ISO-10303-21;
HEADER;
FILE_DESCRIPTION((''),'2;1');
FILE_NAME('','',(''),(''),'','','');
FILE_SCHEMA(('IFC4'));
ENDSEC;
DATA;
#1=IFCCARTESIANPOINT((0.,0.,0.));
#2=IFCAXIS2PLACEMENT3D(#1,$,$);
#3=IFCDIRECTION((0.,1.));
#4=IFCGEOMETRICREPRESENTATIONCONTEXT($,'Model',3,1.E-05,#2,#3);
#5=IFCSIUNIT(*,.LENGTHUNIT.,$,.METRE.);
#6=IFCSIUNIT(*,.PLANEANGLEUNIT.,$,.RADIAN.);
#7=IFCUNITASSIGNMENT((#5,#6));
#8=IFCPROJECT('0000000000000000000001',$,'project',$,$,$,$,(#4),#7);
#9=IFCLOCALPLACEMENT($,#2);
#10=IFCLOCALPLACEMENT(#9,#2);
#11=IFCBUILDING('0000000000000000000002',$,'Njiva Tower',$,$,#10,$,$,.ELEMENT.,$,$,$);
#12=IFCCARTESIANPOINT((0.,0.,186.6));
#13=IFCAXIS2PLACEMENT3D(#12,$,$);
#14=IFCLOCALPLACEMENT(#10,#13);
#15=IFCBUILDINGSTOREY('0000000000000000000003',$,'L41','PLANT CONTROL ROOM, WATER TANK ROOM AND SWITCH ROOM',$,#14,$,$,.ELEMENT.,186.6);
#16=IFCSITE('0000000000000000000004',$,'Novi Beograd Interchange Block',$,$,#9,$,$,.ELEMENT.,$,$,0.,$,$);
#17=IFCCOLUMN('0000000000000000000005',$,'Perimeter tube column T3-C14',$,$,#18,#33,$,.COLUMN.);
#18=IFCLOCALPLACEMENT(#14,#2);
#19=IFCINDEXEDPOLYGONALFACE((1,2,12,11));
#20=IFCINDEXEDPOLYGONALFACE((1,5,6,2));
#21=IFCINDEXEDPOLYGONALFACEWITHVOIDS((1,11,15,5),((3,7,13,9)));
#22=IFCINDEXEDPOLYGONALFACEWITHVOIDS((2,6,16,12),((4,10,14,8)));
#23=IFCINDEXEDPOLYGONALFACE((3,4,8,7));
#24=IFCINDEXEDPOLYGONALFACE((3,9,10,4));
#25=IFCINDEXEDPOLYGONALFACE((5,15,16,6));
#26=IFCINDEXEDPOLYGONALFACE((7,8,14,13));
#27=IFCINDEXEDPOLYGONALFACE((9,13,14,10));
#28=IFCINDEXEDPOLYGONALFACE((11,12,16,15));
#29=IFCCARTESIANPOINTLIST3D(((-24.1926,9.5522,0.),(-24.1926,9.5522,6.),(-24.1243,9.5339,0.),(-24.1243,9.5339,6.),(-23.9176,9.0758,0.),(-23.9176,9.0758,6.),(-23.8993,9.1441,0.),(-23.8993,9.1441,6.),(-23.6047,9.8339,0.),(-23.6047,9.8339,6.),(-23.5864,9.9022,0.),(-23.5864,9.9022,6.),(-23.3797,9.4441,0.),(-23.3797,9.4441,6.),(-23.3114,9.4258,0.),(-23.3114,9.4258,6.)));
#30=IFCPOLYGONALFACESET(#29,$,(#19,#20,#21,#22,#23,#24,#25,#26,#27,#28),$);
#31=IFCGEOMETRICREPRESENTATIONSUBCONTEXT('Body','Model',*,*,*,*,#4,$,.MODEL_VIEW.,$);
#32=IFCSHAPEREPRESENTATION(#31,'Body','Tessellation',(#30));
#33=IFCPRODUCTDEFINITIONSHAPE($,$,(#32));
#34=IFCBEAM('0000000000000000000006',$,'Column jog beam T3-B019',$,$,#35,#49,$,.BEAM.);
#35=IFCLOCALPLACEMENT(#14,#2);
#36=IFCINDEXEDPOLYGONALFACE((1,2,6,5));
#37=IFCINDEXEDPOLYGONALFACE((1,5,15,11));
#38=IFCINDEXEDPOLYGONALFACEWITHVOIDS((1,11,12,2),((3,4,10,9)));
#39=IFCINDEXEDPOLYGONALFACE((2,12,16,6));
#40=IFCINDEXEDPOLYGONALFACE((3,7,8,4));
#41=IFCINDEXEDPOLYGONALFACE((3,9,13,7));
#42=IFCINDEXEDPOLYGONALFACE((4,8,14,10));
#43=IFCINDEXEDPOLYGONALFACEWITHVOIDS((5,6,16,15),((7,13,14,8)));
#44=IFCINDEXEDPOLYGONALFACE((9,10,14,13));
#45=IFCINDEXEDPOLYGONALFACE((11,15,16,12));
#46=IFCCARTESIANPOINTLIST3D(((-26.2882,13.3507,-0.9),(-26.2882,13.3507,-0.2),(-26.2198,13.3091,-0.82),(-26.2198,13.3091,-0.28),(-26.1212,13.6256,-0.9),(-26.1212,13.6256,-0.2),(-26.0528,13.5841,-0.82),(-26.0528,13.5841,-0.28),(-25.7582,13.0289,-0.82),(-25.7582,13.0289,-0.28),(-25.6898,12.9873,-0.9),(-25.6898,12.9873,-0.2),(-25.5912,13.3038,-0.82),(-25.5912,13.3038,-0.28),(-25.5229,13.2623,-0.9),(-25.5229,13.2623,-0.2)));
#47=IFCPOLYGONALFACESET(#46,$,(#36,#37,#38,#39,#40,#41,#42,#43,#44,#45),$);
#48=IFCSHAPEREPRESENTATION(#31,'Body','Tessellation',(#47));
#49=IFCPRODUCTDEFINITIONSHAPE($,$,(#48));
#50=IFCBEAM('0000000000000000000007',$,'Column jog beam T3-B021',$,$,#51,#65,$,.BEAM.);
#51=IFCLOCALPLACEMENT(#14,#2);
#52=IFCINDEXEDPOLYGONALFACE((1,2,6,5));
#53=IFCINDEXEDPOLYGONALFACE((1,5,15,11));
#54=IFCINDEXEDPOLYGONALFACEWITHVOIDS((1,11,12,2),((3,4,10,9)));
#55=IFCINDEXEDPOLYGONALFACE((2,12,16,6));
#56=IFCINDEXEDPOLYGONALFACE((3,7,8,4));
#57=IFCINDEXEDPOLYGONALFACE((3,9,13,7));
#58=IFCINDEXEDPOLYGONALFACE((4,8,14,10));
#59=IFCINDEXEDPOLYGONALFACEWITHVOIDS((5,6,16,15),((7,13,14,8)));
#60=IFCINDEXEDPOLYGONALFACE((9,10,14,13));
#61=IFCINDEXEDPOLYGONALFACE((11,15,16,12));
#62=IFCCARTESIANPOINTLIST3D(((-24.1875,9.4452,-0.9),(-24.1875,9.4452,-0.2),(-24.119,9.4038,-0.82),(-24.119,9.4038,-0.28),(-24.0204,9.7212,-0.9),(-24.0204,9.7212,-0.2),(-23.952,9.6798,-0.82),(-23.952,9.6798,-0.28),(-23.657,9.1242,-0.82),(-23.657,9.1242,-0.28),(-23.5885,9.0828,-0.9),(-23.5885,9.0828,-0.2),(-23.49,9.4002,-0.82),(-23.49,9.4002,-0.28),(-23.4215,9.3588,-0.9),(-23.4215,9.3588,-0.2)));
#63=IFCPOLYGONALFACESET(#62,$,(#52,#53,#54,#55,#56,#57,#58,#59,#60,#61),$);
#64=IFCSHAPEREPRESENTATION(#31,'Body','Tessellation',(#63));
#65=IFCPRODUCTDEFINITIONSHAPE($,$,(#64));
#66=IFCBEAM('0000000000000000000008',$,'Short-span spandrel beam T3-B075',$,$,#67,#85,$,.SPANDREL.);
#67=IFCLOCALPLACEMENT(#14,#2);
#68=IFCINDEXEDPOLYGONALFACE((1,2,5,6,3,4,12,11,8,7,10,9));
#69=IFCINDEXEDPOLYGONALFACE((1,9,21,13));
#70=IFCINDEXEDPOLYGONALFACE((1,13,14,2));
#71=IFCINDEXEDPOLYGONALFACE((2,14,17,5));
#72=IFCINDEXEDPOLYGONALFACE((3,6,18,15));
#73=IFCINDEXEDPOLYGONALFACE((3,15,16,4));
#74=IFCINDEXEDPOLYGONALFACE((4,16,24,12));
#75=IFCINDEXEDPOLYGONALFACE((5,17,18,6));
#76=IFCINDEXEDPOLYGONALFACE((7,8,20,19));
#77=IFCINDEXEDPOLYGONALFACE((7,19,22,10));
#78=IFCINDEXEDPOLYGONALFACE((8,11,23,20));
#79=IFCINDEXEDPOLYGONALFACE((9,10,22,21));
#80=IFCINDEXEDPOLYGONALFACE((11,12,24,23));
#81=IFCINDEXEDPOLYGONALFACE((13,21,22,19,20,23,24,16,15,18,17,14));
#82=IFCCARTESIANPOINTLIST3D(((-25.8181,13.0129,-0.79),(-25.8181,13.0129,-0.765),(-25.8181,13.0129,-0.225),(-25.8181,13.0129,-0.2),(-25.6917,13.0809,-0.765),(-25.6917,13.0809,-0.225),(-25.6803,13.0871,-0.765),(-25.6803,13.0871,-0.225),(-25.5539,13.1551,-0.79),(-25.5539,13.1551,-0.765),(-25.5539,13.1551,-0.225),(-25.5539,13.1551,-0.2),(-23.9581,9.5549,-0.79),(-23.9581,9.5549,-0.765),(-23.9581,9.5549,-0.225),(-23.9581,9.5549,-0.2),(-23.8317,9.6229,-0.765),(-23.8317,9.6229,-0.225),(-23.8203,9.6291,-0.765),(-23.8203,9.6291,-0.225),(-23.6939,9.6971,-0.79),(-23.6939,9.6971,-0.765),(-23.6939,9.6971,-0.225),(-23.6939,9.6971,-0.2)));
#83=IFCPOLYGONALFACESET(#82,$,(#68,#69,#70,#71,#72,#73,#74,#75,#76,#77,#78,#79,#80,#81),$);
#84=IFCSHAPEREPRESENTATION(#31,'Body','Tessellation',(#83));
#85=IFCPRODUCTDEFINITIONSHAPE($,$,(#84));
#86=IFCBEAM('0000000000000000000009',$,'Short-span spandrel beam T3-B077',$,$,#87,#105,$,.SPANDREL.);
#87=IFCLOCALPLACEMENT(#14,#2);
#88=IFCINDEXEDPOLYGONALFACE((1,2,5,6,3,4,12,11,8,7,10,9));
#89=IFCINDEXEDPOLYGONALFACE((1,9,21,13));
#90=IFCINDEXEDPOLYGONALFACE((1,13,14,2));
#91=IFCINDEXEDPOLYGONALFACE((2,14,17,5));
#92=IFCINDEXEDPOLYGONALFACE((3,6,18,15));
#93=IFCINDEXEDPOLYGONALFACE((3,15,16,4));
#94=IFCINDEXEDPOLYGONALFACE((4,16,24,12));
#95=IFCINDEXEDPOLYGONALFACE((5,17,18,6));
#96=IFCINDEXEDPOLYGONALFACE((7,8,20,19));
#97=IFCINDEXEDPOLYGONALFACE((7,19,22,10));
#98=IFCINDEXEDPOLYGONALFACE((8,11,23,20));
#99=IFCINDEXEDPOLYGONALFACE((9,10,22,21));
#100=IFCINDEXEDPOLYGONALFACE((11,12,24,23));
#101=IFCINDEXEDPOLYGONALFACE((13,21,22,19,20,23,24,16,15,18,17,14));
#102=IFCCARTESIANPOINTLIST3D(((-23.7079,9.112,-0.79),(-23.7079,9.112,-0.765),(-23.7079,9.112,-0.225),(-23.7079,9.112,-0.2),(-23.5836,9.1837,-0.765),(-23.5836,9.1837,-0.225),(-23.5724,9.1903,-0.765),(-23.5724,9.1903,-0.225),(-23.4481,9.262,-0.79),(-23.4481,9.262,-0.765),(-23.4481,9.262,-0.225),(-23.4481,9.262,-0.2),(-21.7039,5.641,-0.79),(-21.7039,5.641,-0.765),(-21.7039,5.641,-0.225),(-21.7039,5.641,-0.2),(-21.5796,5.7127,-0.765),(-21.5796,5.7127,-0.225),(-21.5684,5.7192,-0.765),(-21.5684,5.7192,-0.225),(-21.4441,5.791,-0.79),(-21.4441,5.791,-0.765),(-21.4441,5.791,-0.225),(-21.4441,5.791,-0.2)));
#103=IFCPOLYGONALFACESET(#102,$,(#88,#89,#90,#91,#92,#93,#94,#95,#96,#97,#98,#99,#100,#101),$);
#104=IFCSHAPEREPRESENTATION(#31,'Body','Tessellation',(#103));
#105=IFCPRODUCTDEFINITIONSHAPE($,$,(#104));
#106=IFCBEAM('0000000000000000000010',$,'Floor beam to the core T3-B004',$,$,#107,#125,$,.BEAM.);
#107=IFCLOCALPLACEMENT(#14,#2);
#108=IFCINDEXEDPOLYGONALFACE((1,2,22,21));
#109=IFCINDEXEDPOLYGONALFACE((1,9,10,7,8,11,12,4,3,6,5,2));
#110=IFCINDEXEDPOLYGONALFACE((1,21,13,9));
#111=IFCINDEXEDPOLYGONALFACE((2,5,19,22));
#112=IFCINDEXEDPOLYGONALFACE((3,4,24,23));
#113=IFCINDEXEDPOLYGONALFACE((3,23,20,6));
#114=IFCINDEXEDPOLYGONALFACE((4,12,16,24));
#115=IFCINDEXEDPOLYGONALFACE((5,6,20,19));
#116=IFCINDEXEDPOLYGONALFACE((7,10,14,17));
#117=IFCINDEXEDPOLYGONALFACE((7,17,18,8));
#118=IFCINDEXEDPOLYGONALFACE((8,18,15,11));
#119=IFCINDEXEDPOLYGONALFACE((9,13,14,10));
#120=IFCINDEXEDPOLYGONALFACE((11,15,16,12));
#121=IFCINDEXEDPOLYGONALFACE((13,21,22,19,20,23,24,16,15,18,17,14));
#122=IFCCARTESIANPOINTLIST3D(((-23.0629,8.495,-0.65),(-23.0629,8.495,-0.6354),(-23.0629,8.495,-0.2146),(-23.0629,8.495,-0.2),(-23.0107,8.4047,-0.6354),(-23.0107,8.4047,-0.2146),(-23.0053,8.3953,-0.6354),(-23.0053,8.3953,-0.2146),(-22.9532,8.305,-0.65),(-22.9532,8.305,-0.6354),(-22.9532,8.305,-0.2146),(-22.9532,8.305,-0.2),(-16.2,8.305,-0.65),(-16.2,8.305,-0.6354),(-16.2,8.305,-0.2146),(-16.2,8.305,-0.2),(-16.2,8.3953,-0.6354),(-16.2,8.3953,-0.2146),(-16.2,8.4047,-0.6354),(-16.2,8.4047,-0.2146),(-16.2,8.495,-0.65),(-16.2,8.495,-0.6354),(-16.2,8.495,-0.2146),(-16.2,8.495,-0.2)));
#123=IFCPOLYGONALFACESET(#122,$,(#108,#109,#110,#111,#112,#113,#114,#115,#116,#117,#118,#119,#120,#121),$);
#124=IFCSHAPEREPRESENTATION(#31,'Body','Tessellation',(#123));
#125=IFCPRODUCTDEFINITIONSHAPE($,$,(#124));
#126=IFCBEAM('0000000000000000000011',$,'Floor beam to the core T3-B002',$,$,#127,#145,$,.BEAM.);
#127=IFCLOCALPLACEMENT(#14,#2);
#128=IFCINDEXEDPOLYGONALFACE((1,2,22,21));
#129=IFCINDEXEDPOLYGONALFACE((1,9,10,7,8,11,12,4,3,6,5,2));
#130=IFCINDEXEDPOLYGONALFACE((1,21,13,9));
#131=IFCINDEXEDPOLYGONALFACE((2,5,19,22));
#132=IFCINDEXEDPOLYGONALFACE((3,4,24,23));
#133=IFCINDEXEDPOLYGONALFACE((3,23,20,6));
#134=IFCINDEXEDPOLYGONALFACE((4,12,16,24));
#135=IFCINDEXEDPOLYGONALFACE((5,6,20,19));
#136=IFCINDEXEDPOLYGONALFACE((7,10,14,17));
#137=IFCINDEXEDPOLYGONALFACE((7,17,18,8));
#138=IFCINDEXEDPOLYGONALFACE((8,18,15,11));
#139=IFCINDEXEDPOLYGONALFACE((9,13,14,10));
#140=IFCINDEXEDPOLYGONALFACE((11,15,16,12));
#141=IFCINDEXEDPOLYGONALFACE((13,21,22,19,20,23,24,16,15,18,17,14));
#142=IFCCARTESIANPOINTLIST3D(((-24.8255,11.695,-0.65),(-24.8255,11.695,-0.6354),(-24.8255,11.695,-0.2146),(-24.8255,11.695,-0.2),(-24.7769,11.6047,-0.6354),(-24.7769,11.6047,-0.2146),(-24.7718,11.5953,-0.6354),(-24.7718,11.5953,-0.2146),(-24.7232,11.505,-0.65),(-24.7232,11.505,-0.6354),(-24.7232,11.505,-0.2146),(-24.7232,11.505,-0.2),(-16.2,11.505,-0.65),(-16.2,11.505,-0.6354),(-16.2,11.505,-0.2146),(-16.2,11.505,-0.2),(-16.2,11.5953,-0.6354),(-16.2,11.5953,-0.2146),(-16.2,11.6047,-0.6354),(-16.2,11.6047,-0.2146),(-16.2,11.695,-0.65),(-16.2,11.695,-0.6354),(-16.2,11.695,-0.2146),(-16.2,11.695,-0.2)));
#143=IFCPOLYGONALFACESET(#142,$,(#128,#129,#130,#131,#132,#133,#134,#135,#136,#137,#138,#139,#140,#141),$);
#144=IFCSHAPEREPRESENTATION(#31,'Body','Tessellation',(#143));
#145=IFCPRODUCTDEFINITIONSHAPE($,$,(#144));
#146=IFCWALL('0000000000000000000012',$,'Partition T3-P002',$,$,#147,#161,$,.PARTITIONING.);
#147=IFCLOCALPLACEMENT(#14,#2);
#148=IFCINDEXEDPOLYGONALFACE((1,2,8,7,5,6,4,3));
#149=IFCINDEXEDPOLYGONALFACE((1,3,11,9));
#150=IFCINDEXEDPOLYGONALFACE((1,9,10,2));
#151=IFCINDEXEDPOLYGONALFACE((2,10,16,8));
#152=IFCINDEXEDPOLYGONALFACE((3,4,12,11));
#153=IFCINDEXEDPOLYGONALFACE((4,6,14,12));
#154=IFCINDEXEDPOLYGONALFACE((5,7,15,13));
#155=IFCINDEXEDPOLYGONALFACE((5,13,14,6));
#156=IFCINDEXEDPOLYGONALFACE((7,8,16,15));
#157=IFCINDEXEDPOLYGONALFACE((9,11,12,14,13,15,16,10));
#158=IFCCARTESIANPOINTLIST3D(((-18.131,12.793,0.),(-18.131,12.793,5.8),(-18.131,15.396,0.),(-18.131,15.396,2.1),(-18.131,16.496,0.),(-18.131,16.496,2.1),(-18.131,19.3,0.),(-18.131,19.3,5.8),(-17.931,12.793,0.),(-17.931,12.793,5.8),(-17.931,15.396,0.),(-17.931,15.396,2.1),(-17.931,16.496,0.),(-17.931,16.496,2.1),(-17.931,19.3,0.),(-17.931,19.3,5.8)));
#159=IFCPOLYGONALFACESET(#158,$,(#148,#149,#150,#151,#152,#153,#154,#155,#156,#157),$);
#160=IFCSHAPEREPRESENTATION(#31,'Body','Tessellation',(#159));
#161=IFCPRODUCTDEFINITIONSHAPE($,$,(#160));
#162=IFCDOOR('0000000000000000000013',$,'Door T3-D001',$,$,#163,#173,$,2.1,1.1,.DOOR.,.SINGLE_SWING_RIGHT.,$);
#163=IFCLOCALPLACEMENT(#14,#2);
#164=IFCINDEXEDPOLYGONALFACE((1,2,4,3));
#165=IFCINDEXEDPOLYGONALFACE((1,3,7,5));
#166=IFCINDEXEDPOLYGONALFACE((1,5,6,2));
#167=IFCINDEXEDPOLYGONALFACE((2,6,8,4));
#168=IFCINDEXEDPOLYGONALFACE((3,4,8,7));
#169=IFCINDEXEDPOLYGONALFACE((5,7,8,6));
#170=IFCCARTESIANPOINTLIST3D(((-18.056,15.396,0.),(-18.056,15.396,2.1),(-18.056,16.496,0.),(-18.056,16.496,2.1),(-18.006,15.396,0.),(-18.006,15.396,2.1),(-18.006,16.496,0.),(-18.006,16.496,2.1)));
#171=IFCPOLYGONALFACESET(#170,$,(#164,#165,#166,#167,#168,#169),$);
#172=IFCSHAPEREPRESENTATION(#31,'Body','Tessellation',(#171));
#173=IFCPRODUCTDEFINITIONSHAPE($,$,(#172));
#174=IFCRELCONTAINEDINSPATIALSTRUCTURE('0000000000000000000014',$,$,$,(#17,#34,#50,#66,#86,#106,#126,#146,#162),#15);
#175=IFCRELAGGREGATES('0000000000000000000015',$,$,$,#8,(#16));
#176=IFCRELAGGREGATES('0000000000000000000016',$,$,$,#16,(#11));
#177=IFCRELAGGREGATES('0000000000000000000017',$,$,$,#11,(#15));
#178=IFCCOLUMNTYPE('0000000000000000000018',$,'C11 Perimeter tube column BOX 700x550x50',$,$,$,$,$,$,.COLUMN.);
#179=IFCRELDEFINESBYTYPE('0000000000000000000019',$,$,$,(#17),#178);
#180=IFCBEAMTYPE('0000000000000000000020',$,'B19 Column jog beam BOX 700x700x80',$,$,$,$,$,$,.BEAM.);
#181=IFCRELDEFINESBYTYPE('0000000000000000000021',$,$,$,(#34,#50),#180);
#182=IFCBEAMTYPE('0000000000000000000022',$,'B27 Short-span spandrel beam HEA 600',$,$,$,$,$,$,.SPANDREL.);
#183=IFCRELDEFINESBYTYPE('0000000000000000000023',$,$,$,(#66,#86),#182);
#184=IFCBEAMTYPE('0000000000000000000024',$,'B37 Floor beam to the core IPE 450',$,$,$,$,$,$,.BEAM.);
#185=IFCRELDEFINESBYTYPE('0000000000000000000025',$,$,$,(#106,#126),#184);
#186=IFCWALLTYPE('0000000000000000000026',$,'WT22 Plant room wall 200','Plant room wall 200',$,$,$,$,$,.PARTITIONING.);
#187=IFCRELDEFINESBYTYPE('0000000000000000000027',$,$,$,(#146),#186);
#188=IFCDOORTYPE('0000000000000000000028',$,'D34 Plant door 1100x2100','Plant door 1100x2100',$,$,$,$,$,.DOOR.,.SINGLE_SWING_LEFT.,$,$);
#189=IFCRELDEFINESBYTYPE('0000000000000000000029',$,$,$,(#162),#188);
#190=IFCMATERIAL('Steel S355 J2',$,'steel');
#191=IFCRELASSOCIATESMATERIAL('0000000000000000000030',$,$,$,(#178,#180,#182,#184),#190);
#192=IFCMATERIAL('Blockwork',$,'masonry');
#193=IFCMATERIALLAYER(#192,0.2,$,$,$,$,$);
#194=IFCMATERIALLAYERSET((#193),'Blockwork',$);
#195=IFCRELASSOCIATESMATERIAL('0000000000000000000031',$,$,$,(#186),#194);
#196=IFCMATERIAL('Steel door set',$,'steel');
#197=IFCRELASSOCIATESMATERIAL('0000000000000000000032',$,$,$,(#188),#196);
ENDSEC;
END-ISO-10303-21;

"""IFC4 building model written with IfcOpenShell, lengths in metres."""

from ifc_helpers import new_model, si_unit, direction, frame, frame_2d, origin, origin_2d, place, context, subcontext, project, spatial, rectangle, hollow_rectangle, i_section, extrude, clip, halfspace, material, layer, layer_set, material_profile, profile_set, type_object, element, fill, save


model = new_model("IFC4")

# Units and contexts
model_context = context("Model", 3, precision=1e-05, world=origin(), true_north=direction((0.0, 1.0)))
body_context = subcontext(model_context, "Body", "Model", "MODEL_VIEW")
ifc_project = project(units=[si_unit("LENGTHUNIT", "METRE"), si_unit("PLANEANGLEUNIT", "RADIAN")], contexts=[model_context])

# Site, building, storey
site_placement = place(None, origin())
site = spatial("IfcSite", under=ifc_project, at=site_placement, Name="Novi Beograd Interchange Block", CompositionType="ELEMENT", RefElevation=0.0)
building_placement = place(site_placement, origin())
building = spatial("IfcBuilding", under=site, at=building_placement, Name="Njiva Tower", CompositionType="ELEMENT")
storey_placement = place(building_placement, frame((0.0, 0.0, 186.6)))
storey = spatial("IfcBuildingStorey", under=building, at=storey_placement, Name="L41", Description="PLANT CONTROL ROOM, WATER TANK ROOM AND SWITCH ROOM", CompositionType="ELEMENT", Elevation=186.6)

# Column
ifc_material_1 = material(Name="Steel S355 J2", Category="steel")
ifc_material_profile_1 = material_profile(ifc_material_1, hollow_rectangle(XDim=0.55, YDim=0.7, WallThickness=0.05, at=origin_2d()), Name="BOX 700x550x50")
ifc_profile_set_1 = profile_set([ifc_material_profile_1], Name="Steel S355 J2")
column_type = type_object("IfcColumnType", Name="C11 Perimeter tube column BOX 700x550x50", PredefinedType="COLUMN", material=ifc_profile_set_1)
column_placement = place(storey_placement, frame((-23.752, 9.489, 0.0), z_axis=(0.0, 0.0, 1.0), x_axis=(0.5, -0.866025, 0.0)))
element("IfcColumn", 1, at=column_placement, inside=storey, type_object=column_type, Name="Perimeter tube column T3-C14", PredefinedType="COLUMN", context=body_context, shape_type="SweptSolid", body=[
    extrude(hollow_rectangle(XDim=0.55, YDim=0.7, WallThickness=0.05, at=origin_2d()), origin(), (0.0, 0.0, 1.0), 6.0),
])

# Beams
ifc_material_profile_2 = material_profile(ifc_material_1, hollow_rectangle(XDim=0.7, YDim=0.7, WallThickness=0.08, at=origin_2d()), Name="BOX 700x700x80")
ifc_profile_set_2 = profile_set([ifc_material_profile_2], Name="Steel S355 J2")
beam_type_1 = type_object("IfcBeamType", Name="B19 Column jog beam BOX 700x700x80", PredefinedType="BEAM", material=ifc_profile_set_2)
beam_1_placement = place(storey_placement, frame((-25.989, 13.169, -0.55), z_axis=(0.519059, 0.854738, 0.0), x_axis=(-0.854738, 0.519059, 0.0)))
element("IfcBeam", 2, at=beam_1_placement, inside=storey, type_object=beam_type_1, Name="Column jog beam T3-B019", PredefinedType="BEAM", context=body_context, shape_type="SweptSolid", body=[
    extrude(hollow_rectangle(XDim=0.7, YDim=0.7, WallThickness=0.08, at=origin_2d()), origin(), (0.0, 0.0, 1.0), 0.3217),
])
beam_2_placement = place(storey_placement, frame((-23.888, 9.264, -0.55), z_axis=(0.517683, 0.855572, 0.0), x_axis=(-0.855572, 0.517683, 0.0)))
element("IfcBeam", 3, at=beam_2_placement, inside=storey, type_object=beam_type_1, Name="Column jog beam T3-B021", PredefinedType="BEAM", context=body_context, shape_type="SweptSolid", body=[
    extrude(hollow_rectangle(XDim=0.7, YDim=0.7, WallThickness=0.08, at=origin_2d()), origin(), (0.0, 0.0, 1.0), 0.3226),
])
ifc_material_profile_3 = material_profile(ifc_material_1, i_section(OverallWidth=0.3, OverallDepth=0.59, WebThickness=0.013, FlangeThickness=0.025, at=origin_2d()), Name="HEA 600")
ifc_profile_set_3 = profile_set([ifc_material_profile_3], Name="Steel S355 J2")
beam_type_2 = type_object("IfcBeamType", Name="B27 Short-span spandrel beam HEA 600", PredefinedType="SPANDREL", material=ifc_profile_set_3)
beam_3_placement = place(storey_placement, frame((-25.686, 13.084, -0.495), z_axis=(0.473705, -0.880684, 0.0), x_axis=(0.880684, 0.473705, 0.0)))
element("IfcBeam", 4, at=beam_3_placement, inside=storey, type_object=beam_type_2, Name="Short-span spandrel beam T3-B075", PredefinedType="SPANDREL", context=body_context, shape_type="SweptSolid", body=[
    extrude(i_section(OverallWidth=0.3, OverallDepth=0.59, WebThickness=0.013, FlangeThickness=0.025, at=origin_2d()), origin(), (0.0, 0.0, 1.0), 3.9265),
])
beam_4_placement = place(storey_placement, frame((-23.578, 9.187, -0.495), z_axis=(0.500003, -0.866024, 0.0), x_axis=(0.866024, 0.500003, 0.0)))
element("IfcBeam", 5, at=beam_4_placement, inside=storey, type_object=beam_type_2, Name="Short-span spandrel beam T3-B077", PredefinedType="SPANDREL", context=body_context, shape_type="SweptSolid", body=[
    extrude(i_section(OverallWidth=0.3, OverallDepth=0.59, WebThickness=0.013, FlangeThickness=0.025, at=origin_2d()), origin(), (0.0, 0.0, 1.0), 4.008),
])
ifc_material_profile_4 = material_profile(ifc_material_1, i_section(OverallWidth=0.19, OverallDepth=0.45, WebThickness=0.0094, FlangeThickness=0.0146, at=origin_2d()), Name="IPE 450")
ifc_profile_set_4 = profile_set([ifc_material_profile_4], Name="Steel S355 J2")
beam_type_3 = type_object("IfcBeamType", Name="B37 Floor beam to the core IPE 450", PredefinedType="BEAM", material=ifc_profile_set_4)
beam_5_placement = place(storey_placement, frame((-23.083, 8.4, -0.425), z_axis=(1.0, 0.0, 0.0), x_axis=(0.0, 1.0, 0.0)))
element("IfcBeam", 6, at=beam_5_placement, inside=storey, type_object=beam_type_3, Name="Floor beam to the core T3-B004", PredefinedType="BEAM", context=body_context, shape_type="Clipping", body=[
    clip(extrude(i_section(OverallWidth=0.19, OverallDepth=0.45, WebThickness=0.0094, FlangeThickness=0.0146, at=origin_2d()), origin(), (0.0, 0.0, 1.0), 6.883), halfspace(frame((-0.025, 0.0, 0.0894), z_axis=(-0.499998, 0.0, -0.866027), x_axis=(0.0, -1.0, 0.0)), False)),
])
beam_6_placement = place(storey_placement, frame((-24.845, 11.6, -0.425), z_axis=(1.0, 0.0, 0.0), x_axis=(0.0, 1.0, 0.0)))
element("IfcBeam", 7, at=beam_6_placement, inside=storey, type_object=beam_type_3, Name="Floor beam to the core T3-B002", PredefinedType="BEAM", context=body_context, shape_type="Clipping", body=[
    clip(extrude(i_section(OverallWidth=0.19, OverallDepth=0.45, WebThickness=0.0094, FlangeThickness=0.0146, at=origin_2d()), origin(), (0.0, 0.0, 1.0), 8.645), halfspace(frame((-0.0237, 0.0, 0.0834), z_axis=(-0.473769, 0.0, -0.880649), x_axis=(0.0, -1.0, 0.0)), False)),
])

# Wall, opening, door
ifc_material_2 = material(Name="Blockwork", Category="masonry")
ifc_layer_1 = layer(ifc_material_2, 0.2)
ifc_layer_set_1 = layer_set([ifc_layer_1], Name="Blockwork")
wall_type_1 = type_object("IfcWallType", Name="WT22 Plant room wall 200", Description="Plant room wall 200", PredefinedType="PARTITIONING", material=ifc_layer_set_1)
wall_1_placement = place(storey_placement, frame((-18.031, 12.793, 0.0), z_axis=(0.0, 0.0, 1.0), x_axis=(0.0, 1.0, 0.0)))
wall_1 = element("IfcWall", 8, at=wall_1_placement, inside=storey, type_object=wall_type_1, Name="Partition T3-P002", PredefinedType="PARTITIONING", context=body_context, shape_type="SweptSolid", body=[
    extrude(rectangle(XDim=6.507, YDim=0.2, at=frame_2d((3.2535, 0.0))), origin(), (0.0, 0.0, 1.0), 5.8),
])
opening_1_placement = place(wall_1_placement, frame((2.603, 0.0, 0.0)))
opening_1 = element("IfcOpeningElement", 9, at=opening_1_placement, cuts=wall_1, PredefinedType="OPENING", context=body_context, shape_type="SweptSolid", body=[
    extrude(rectangle(XDim=1.1, YDim=2.1, at=frame_2d((0.55, 1.05))), frame((0.0, 0.11, 0.0), z_axis=(0.0, -1.0, 0.0), x_axis=(1.0, 0.0, 0.0)), (0.0, 0.0, 1.0), 0.22),
])
ifc_material_3 = material(Name="Steel door set", Category="steel")
door_type = type_object("IfcDoorType", Name="D34 Plant door 1100x2100", Description="Plant door 1100x2100", OperationType="SINGLE_SWING_LEFT", PredefinedType="DOOR", material=ifc_material_3)
door_placement = place(opening_1_placement, origin())
door = element("IfcDoor", 10, at=door_placement, inside=storey, type_object=door_type, Name="Door T3-D001", OperationType="SINGLE_SWING_RIGHT", OverallHeight=2.1, OverallWidth=1.1, PredefinedType="DOOR", context=body_context, shape_type="SweptSolid", body=[
    extrude(rectangle(XDim=1.1, YDim=2.1, at=frame_2d((0.55, 1.05))), frame((0.0, 0.025, 0.0), z_axis=(0.0, -1.0, 0.0), x_axis=(1.0, 0.0, 0.0)), (0.0, 0.0, 1.0), 0.05),
])
fill(opening_1, door)

save(model, "model.ifc")
